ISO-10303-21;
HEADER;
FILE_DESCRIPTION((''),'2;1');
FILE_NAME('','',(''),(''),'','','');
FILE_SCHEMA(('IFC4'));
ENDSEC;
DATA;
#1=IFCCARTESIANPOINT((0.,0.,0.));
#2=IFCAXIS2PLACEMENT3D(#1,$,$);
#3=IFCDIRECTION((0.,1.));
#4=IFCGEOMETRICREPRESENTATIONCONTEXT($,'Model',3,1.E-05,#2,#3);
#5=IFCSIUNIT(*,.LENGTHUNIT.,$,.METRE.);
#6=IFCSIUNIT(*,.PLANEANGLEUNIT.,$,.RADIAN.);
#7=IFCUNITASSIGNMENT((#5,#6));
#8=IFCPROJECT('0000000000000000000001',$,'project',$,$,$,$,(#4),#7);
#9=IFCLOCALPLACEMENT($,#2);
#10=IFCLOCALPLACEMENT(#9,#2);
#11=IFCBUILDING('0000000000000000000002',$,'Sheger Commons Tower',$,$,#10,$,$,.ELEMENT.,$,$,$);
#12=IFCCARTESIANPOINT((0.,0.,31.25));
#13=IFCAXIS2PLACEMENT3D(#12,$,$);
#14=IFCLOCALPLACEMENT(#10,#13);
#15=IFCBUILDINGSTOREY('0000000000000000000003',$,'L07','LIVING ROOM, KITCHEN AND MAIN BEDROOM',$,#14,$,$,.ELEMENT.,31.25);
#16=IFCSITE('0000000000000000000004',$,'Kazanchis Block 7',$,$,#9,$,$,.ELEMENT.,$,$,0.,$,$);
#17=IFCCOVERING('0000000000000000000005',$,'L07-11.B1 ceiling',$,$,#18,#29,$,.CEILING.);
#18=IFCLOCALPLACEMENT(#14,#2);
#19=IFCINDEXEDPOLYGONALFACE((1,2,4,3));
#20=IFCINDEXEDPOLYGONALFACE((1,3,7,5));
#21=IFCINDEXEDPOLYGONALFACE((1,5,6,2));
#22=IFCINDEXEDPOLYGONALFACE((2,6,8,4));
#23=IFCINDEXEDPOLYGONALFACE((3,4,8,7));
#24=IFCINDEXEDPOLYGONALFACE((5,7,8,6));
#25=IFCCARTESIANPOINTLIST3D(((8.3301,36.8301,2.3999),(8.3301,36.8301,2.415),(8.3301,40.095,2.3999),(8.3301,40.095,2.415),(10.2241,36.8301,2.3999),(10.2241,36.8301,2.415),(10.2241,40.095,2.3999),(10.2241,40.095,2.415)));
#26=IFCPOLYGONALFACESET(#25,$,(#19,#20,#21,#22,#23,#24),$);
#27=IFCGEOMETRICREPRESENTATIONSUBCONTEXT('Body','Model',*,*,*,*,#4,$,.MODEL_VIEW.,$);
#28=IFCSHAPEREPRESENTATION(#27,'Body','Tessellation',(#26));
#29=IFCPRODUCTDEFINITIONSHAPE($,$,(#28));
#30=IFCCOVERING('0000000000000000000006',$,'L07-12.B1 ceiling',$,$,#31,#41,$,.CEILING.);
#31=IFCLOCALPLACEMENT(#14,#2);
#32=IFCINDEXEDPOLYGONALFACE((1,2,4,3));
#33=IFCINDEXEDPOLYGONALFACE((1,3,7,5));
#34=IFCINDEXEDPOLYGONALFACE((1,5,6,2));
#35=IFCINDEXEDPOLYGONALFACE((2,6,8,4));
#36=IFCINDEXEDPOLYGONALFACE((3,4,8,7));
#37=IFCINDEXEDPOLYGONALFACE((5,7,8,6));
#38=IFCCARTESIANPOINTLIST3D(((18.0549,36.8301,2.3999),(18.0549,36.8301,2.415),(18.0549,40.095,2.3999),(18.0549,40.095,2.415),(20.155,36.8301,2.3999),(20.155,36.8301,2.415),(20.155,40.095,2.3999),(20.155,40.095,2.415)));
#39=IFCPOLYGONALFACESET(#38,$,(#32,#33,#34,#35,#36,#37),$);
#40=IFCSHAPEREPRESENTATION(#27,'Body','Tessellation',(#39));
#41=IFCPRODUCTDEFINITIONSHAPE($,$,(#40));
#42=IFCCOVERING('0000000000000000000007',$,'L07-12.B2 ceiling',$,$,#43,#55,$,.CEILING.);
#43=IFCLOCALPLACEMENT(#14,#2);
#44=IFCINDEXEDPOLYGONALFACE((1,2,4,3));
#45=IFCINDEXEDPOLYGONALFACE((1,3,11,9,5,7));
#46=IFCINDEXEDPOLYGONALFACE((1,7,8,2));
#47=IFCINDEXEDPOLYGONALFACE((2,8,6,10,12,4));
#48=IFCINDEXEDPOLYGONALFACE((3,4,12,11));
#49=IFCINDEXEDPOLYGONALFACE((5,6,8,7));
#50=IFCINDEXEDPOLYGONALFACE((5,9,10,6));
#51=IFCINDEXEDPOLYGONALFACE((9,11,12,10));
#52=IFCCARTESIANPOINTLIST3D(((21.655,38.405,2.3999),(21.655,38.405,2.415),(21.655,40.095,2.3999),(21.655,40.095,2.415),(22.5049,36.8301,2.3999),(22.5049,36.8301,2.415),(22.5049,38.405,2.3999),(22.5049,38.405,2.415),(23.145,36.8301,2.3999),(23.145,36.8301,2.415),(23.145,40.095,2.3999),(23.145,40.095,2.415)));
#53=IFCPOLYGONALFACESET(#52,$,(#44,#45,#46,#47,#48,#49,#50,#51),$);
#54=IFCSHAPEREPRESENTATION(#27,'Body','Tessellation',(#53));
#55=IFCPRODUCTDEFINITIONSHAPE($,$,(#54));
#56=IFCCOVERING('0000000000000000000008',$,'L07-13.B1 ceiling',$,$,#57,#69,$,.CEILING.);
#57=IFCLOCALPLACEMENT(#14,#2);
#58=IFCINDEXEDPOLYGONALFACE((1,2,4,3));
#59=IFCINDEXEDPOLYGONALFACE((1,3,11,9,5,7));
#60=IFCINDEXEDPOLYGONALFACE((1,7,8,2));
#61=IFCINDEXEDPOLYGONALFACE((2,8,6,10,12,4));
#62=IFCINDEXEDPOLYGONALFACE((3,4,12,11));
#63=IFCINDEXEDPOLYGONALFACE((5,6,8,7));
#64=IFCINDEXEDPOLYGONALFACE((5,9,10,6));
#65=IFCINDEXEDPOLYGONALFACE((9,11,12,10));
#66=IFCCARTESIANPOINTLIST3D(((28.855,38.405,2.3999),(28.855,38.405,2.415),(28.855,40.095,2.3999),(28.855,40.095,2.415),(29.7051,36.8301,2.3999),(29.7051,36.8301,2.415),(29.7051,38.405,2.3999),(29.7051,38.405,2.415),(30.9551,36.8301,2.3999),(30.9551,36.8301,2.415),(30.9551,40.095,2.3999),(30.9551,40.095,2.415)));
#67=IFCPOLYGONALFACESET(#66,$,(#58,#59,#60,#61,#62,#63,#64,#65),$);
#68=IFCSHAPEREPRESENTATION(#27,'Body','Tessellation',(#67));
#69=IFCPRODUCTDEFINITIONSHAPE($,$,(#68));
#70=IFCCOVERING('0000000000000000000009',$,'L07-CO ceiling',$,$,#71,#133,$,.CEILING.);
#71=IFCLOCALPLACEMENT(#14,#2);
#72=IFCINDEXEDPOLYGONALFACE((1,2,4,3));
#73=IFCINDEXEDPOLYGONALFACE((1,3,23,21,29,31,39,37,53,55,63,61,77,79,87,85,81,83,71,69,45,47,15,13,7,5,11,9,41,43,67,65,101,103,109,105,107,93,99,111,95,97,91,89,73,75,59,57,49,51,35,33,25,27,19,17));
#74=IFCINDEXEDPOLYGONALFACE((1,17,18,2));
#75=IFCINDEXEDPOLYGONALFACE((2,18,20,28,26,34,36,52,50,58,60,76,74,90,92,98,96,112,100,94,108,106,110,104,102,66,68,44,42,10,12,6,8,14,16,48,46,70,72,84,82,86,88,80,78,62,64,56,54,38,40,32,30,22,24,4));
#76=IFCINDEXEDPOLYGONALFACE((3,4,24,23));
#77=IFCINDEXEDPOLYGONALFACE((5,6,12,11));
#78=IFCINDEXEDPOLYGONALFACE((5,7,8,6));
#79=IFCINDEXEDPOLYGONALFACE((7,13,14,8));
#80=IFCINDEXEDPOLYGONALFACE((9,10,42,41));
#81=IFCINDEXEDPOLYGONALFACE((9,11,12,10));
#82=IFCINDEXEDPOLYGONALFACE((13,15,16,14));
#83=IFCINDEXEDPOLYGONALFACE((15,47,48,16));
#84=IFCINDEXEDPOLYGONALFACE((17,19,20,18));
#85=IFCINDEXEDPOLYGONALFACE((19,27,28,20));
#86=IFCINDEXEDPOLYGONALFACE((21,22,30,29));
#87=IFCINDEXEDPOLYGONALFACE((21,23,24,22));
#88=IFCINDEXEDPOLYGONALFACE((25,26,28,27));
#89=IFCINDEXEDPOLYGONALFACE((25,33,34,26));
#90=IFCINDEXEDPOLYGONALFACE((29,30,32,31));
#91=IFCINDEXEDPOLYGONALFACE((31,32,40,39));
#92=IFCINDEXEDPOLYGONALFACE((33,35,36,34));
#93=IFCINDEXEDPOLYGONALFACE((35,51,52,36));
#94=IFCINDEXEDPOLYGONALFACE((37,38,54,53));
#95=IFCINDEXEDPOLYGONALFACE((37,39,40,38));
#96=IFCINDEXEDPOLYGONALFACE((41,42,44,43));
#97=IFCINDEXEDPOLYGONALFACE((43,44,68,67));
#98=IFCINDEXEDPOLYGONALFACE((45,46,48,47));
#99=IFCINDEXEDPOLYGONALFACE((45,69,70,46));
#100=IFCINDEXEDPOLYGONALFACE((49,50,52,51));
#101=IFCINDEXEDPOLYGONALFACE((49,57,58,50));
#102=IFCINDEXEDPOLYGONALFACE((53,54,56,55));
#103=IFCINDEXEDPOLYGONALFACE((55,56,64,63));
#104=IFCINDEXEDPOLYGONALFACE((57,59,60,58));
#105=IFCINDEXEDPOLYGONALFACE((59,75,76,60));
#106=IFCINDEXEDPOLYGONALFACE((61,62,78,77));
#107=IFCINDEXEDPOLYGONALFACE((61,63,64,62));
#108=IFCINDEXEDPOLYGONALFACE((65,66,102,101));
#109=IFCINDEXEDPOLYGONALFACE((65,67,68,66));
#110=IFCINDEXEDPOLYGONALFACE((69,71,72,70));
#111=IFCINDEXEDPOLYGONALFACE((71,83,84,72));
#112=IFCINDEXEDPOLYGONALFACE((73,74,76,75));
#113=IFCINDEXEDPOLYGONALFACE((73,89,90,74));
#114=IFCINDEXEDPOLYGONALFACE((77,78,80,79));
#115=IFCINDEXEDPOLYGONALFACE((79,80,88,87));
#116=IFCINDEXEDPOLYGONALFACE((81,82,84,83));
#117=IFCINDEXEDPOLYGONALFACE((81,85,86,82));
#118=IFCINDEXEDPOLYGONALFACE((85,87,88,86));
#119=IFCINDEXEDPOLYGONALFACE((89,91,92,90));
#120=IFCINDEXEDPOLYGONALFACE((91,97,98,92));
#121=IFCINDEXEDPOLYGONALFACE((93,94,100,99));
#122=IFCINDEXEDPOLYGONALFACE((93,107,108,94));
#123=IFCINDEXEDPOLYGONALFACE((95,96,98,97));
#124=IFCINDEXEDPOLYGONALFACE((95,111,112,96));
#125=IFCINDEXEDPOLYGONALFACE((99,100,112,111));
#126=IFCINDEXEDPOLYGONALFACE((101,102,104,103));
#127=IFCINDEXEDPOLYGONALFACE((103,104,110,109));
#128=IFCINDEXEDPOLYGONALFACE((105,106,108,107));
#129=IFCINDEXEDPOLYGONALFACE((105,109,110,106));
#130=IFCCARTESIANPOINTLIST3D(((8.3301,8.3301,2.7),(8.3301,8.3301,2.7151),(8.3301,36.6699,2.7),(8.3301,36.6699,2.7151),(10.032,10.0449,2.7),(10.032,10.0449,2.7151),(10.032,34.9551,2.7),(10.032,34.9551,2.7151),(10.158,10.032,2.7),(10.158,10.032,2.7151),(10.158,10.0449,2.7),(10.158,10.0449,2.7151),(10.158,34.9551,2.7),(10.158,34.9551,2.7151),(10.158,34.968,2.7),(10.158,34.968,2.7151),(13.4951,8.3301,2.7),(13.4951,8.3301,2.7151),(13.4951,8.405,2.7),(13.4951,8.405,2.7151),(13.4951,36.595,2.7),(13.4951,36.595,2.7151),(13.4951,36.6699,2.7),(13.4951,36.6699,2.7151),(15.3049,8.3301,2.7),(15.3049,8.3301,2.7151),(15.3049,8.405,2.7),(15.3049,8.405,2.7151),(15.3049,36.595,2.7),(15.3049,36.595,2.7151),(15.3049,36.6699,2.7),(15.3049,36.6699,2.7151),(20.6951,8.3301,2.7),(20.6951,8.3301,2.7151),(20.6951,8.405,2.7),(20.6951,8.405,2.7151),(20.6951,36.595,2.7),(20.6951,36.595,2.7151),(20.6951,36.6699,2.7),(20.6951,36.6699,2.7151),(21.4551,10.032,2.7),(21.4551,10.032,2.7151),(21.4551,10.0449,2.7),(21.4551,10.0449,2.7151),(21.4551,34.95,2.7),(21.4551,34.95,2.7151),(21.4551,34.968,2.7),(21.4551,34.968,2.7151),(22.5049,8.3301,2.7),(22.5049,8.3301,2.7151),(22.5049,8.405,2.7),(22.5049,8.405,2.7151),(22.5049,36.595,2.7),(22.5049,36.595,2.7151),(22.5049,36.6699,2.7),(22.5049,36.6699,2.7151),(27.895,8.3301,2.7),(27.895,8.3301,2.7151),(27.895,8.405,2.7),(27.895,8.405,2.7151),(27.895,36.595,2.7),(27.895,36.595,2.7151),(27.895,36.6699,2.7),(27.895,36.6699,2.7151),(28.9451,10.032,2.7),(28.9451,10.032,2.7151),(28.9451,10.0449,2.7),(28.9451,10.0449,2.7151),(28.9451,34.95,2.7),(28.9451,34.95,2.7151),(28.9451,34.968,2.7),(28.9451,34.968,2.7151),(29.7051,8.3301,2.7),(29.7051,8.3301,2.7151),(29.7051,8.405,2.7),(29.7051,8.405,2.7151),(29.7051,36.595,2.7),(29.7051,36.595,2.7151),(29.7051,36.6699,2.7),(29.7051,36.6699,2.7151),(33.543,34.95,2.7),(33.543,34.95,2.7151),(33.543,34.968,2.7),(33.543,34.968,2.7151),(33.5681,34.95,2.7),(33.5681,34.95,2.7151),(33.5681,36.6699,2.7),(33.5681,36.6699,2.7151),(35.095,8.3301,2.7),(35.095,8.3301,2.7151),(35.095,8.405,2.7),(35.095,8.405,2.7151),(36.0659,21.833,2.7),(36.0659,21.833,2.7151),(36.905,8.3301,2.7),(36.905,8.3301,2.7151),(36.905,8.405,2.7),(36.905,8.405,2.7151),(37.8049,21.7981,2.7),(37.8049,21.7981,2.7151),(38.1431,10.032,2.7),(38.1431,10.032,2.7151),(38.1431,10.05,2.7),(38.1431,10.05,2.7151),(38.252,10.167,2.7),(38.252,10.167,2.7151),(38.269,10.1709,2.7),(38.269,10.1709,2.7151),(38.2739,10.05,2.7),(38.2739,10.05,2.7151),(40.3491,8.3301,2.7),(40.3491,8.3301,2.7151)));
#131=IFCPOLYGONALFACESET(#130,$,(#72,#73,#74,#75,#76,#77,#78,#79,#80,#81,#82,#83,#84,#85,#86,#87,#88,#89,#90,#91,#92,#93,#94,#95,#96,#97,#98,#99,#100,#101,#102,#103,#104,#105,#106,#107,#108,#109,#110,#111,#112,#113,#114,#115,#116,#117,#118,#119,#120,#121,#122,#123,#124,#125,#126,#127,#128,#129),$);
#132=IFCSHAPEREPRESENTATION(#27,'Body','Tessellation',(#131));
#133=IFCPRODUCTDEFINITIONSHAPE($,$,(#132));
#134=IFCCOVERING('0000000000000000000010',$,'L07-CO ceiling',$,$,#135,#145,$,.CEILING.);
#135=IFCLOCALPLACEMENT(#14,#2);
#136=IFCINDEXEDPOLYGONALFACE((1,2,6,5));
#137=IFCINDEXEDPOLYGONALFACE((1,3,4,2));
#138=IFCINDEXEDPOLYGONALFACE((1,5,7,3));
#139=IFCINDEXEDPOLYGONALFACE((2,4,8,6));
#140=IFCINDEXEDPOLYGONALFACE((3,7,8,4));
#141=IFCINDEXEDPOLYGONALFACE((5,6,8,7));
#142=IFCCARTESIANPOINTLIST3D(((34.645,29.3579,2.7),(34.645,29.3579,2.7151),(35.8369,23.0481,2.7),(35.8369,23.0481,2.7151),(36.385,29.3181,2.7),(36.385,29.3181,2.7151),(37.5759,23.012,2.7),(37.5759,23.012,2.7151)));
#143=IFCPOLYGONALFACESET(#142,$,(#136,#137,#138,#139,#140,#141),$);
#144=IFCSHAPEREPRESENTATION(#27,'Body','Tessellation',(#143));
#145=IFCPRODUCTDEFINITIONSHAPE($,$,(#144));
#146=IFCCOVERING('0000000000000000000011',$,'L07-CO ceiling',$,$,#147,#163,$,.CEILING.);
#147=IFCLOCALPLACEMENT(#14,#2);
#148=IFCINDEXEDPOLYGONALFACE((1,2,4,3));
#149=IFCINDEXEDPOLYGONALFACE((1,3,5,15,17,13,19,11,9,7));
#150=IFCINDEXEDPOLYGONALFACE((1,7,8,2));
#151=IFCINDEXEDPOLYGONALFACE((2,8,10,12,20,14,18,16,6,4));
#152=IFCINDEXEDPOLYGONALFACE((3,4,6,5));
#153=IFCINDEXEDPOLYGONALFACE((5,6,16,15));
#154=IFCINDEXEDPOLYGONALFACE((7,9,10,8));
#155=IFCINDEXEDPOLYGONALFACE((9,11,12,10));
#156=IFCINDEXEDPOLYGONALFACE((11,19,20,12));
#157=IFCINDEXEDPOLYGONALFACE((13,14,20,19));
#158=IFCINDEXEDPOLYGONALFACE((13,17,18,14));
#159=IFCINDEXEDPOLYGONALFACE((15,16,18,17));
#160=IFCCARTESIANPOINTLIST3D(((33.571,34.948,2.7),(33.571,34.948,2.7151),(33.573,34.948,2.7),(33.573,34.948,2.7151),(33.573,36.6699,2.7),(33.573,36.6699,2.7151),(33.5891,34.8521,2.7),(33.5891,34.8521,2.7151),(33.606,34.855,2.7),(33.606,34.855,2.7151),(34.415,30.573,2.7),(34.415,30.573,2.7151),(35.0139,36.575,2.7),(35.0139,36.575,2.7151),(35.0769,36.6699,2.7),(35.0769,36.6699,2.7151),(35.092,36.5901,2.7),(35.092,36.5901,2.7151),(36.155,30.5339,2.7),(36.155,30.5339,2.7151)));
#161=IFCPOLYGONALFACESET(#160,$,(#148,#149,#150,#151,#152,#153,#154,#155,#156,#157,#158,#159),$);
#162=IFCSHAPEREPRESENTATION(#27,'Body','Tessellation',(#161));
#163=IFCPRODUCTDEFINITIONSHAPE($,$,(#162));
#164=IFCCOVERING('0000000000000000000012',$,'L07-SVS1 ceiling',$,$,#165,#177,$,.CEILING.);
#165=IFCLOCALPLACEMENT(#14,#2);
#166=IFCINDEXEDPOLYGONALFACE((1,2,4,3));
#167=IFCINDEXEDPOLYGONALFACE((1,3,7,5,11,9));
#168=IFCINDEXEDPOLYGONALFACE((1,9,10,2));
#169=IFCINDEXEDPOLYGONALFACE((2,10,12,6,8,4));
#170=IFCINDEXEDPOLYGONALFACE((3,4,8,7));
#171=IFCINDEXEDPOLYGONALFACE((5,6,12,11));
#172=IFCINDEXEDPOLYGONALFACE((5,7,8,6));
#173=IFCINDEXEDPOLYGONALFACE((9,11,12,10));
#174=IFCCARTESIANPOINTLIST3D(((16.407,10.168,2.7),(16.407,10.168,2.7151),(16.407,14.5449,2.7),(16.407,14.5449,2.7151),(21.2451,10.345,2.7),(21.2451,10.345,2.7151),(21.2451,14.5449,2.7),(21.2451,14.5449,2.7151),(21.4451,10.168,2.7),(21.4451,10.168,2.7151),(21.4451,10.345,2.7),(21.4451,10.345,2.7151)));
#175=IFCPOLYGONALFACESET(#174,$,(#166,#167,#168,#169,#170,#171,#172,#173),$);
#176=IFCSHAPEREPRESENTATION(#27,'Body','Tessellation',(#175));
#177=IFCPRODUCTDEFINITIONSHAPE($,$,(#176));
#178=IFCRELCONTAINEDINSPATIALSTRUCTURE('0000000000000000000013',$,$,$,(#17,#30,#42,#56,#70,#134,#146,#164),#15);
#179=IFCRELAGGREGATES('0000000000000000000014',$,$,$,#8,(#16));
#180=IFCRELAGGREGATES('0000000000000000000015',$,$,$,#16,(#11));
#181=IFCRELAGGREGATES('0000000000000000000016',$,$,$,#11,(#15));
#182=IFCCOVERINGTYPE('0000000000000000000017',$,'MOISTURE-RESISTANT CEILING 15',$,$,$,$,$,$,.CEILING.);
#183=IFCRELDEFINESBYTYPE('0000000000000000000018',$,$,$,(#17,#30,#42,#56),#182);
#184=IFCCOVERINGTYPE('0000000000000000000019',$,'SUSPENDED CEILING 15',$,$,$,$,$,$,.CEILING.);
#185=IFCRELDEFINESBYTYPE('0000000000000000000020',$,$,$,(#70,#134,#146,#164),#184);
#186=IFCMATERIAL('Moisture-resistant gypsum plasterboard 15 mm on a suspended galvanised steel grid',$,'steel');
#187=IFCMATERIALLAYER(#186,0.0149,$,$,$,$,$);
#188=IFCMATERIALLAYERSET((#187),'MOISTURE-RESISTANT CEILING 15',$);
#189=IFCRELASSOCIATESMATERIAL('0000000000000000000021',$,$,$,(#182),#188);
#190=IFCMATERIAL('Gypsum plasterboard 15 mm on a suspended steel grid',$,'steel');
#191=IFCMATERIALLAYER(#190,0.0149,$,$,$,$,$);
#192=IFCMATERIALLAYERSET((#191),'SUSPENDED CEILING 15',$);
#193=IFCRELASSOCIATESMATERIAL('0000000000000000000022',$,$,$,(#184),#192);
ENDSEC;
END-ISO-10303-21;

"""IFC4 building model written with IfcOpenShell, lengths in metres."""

from ifc_helpers import new_model, si_unit, direction, frame, origin, place, context, subcontext, project, spatial, polyline, outline, extrude, material, layer, layer_set, type_object, element, save


model = new_model("IFC4")

# Units and contexts
model_context = context("Model", 3, precision=1e-05, world=origin(), true_north=direction((0.0, 1.0)))
body_context = subcontext(model_context, "Body", "Model", "MODEL_VIEW")
ifc_project = project(units=[si_unit("LENGTHUNIT", "METRE"), si_unit("PLANEANGLEUNIT", "RADIAN")], contexts=[model_context])

# Site, building, storey
site_placement = place(None, origin())
site = spatial("IfcSite", under=ifc_project, at=site_placement, Name="Kazanchis Block 7", CompositionType="ELEMENT", RefElevation=0.0)
building_placement = place(site_placement, origin())
building = spatial("IfcBuilding", under=site, at=building_placement, Name="Sheger Commons Tower", CompositionType="ELEMENT")
storey_placement = place(building_placement, frame((0.0, 0.0, 31.25)))
storey = spatial("IfcBuildingStorey", under=building, at=storey_placement, Name="L07", Description="LIVING ROOM, KITCHEN AND MAIN BEDROOM", CompositionType="ELEMENT", Elevation=31.25)

# Coverings
ifc_material_1 = material(Name="Moisture-resistant gypsum plasterboard 15 mm on a suspended galvanised steel grid", Category="steel")
ifc_layer_1 = layer(ifc_material_1, 0.0149)
ifc_layer_set_1 = layer_set([ifc_layer_1], Name="MOISTURE-RESISTANT CEILING 15")
covering_type_1 = type_object("IfcCoveringType", Name="MOISTURE-RESISTANT CEILING 15", PredefinedType="CEILING", material=ifc_layer_set_1)
covering_1_placement = place(storey_placement, frame((0.0, 0.0, 2.3999)))
element("IfcCovering", 1, at=covering_1_placement, inside=storey, type_object=covering_type_1, Name="L07-11.B1 ceiling", PredefinedType="CEILING", context=body_context, shape_type="SweptSolid", body=[
    extrude(outline(polyline([(8.3301, 36.8301), (10.2241, 36.8301), (10.2241, 40.095), (8.3301, 40.095), (8.3301, 36.8301)])), origin(), (0.0, 0.0, 1.0), 0.0151),
])
covering_2_placement = place(storey_placement, frame((0.0, 0.0, 2.3999)))
element("IfcCovering", 2, at=covering_2_placement, inside=storey, type_object=covering_type_1, Name="L07-12.B1 ceiling", PredefinedType="CEILING", context=body_context, shape_type="SweptSolid", body=[
    extrude(outline(polyline([(18.0549, 36.8301), (20.155, 36.8301), (20.155, 40.095), (18.0549, 40.095), (18.0549, 36.8301)])), origin(), (0.0, 0.0, 1.0), 0.0151),
])
covering_3_placement = place(storey_placement, frame((0.0, 0.0, 2.3999)))
element("IfcCovering", 3, at=covering_3_placement, inside=storey, type_object=covering_type_1, Name="L07-12.B2 ceiling", PredefinedType="CEILING", context=body_context, shape_type="SweptSolid", body=[
    extrude(outline(polyline([(22.5049, 36.8301), (23.145, 36.8301), (23.145, 40.095), (21.655, 40.095), (21.655, 38.405), (22.5049, 38.405), (22.5049, 36.8301)])), origin(), (0.0, 0.0, 1.0), 0.0151),
])
covering_4_placement = place(storey_placement, frame((0.0, 0.0, 2.3999)))
element("IfcCovering", 4, at=covering_4_placement, inside=storey, type_object=covering_type_1, Name="L07-13.B1 ceiling", PredefinedType="CEILING", context=body_context, shape_type="SweptSolid", body=[
    extrude(outline(polyline([(29.7051, 36.8301), (30.9551, 36.8301), (30.9551, 40.095), (28.855, 40.095), (28.855, 38.405), (29.7051, 38.405), (29.7051, 36.8301)])), origin(), (0.0, 0.0, 1.0), 0.0151),
])
ifc_material_2 = material(Name="Gypsum plasterboard 15 mm on a suspended steel grid", Category="steel")
ifc_layer_2 = layer(ifc_material_2, 0.0149)
ifc_layer_set_2 = layer_set([ifc_layer_2], Name="SUSPENDED CEILING 15")
covering_type_2 = type_object("IfcCoveringType", Name="SUSPENDED CEILING 15", PredefinedType="CEILING", material=ifc_layer_set_2)
covering_5_placement = place(storey_placement, frame((0.0, 0.0, 2.7)))
element("IfcCovering", 5, at=covering_5_placement, inside=storey, type_object=covering_type_2, Name="L07-CO ceiling", PredefinedType="CEILING", context=body_context, shape_type="SweptSolid", body=[
    extrude(outline(polyline([(8.3301, 8.3301), (13.4951, 8.3301), (13.4951, 8.405), (15.3049, 8.405), (15.3049, 8.3301), (20.6951, 8.3301), (20.6951, 8.405), (22.5049, 8.405), (22.5049, 8.3301), (27.895, 8.3301), (27.895, 8.405), (29.7051, 8.405), (29.7051, 8.3301), (35.095, 8.3301), (35.095, 8.405), (36.905, 8.405), (36.905, 8.3301), (40.3491, 8.3301), (37.8049, 21.7981), (36.0659, 21.833), (38.269, 10.1709), (38.252, 10.167), (38.2739, 10.05), (38.1431, 10.05), (38.1431, 10.032), (28.9451, 10.032), (28.9451, 10.0449), (21.4551, 10.0449), (21.4551, 10.032), (10.158, 10.032), (10.158, 10.0449), (10.032, 10.0449), (10.032, 34.9551), (10.158, 34.9551), (10.158, 34.968), (21.4551, 34.968), (21.4551, 34.95), (28.9451, 34.95), (28.9451, 34.968), (33.543, 34.968), (33.543, 34.95), (33.5681, 34.95), (33.5681, 36.6699), (29.7051, 36.6699), (29.7051, 36.595), (27.895, 36.595), (27.895, 36.6699), (22.5049, 36.6699), (22.5049, 36.595), (20.6951, 36.595), (20.6951, 36.6699), (15.3049, 36.6699), (15.3049, 36.595), (13.4951, 36.595), (13.4951, 36.6699), (8.3301, 36.6699), (8.3301, 8.3301)])), origin(), (0.0, 0.0, 1.0), 0.0151),
])
covering_6_placement = place(storey_placement, frame((0.0, 0.0, 2.7)))
element("IfcCovering", 6, at=covering_6_placement, inside=storey, type_object=covering_type_2, Name="L07-CO ceiling", PredefinedType="CEILING", context=body_context, shape_type="SweptSolid", body=[
    extrude(outline(polyline([(37.5759, 23.012), (36.385, 29.3181), (34.645, 29.3579), (35.8369, 23.0481), (37.5759, 23.012)])), origin(), (0.0, 0.0, 1.0), 0.0151),
])
covering_7_placement = place(storey_placement, frame((0.0, 0.0, 2.7)))
element("IfcCovering", 7, at=covering_7_placement, inside=storey, type_object=covering_type_2, Name="L07-CO ceiling", PredefinedType="CEILING", context=body_context, shape_type="SweptSolid", body=[
    extrude(outline(polyline([(36.155, 30.5339), (35.0139, 36.575), (35.092, 36.5901), (35.0769, 36.6699), (33.573, 36.6699), (33.573, 34.948), (33.571, 34.948), (33.5891, 34.8521), (33.606, 34.855), (34.415, 30.573), (36.155, 30.5339)])), origin(), (0.0, 0.0, 1.0), 0.0151),
])
covering_8_placement = place(storey_placement, frame((0.0, 0.0, 2.7)))
element("IfcCovering", 8, at=covering_8_placement, inside=storey, type_object=covering_type_2, Name="L07-SVS1 ceiling", PredefinedType="CEILING", context=body_context, shape_type="SweptSolid", body=[
    extrude(outline(polyline([(16.407, 10.168), (21.4451, 10.168), (21.4451, 10.345), (21.2451, 10.345), (21.2451, 14.5449), (16.407, 14.5449), (16.407, 10.168)])), origin(), (0.0, 0.0, 1.0), 0.0151),
])

save(model, "model.ifc")
